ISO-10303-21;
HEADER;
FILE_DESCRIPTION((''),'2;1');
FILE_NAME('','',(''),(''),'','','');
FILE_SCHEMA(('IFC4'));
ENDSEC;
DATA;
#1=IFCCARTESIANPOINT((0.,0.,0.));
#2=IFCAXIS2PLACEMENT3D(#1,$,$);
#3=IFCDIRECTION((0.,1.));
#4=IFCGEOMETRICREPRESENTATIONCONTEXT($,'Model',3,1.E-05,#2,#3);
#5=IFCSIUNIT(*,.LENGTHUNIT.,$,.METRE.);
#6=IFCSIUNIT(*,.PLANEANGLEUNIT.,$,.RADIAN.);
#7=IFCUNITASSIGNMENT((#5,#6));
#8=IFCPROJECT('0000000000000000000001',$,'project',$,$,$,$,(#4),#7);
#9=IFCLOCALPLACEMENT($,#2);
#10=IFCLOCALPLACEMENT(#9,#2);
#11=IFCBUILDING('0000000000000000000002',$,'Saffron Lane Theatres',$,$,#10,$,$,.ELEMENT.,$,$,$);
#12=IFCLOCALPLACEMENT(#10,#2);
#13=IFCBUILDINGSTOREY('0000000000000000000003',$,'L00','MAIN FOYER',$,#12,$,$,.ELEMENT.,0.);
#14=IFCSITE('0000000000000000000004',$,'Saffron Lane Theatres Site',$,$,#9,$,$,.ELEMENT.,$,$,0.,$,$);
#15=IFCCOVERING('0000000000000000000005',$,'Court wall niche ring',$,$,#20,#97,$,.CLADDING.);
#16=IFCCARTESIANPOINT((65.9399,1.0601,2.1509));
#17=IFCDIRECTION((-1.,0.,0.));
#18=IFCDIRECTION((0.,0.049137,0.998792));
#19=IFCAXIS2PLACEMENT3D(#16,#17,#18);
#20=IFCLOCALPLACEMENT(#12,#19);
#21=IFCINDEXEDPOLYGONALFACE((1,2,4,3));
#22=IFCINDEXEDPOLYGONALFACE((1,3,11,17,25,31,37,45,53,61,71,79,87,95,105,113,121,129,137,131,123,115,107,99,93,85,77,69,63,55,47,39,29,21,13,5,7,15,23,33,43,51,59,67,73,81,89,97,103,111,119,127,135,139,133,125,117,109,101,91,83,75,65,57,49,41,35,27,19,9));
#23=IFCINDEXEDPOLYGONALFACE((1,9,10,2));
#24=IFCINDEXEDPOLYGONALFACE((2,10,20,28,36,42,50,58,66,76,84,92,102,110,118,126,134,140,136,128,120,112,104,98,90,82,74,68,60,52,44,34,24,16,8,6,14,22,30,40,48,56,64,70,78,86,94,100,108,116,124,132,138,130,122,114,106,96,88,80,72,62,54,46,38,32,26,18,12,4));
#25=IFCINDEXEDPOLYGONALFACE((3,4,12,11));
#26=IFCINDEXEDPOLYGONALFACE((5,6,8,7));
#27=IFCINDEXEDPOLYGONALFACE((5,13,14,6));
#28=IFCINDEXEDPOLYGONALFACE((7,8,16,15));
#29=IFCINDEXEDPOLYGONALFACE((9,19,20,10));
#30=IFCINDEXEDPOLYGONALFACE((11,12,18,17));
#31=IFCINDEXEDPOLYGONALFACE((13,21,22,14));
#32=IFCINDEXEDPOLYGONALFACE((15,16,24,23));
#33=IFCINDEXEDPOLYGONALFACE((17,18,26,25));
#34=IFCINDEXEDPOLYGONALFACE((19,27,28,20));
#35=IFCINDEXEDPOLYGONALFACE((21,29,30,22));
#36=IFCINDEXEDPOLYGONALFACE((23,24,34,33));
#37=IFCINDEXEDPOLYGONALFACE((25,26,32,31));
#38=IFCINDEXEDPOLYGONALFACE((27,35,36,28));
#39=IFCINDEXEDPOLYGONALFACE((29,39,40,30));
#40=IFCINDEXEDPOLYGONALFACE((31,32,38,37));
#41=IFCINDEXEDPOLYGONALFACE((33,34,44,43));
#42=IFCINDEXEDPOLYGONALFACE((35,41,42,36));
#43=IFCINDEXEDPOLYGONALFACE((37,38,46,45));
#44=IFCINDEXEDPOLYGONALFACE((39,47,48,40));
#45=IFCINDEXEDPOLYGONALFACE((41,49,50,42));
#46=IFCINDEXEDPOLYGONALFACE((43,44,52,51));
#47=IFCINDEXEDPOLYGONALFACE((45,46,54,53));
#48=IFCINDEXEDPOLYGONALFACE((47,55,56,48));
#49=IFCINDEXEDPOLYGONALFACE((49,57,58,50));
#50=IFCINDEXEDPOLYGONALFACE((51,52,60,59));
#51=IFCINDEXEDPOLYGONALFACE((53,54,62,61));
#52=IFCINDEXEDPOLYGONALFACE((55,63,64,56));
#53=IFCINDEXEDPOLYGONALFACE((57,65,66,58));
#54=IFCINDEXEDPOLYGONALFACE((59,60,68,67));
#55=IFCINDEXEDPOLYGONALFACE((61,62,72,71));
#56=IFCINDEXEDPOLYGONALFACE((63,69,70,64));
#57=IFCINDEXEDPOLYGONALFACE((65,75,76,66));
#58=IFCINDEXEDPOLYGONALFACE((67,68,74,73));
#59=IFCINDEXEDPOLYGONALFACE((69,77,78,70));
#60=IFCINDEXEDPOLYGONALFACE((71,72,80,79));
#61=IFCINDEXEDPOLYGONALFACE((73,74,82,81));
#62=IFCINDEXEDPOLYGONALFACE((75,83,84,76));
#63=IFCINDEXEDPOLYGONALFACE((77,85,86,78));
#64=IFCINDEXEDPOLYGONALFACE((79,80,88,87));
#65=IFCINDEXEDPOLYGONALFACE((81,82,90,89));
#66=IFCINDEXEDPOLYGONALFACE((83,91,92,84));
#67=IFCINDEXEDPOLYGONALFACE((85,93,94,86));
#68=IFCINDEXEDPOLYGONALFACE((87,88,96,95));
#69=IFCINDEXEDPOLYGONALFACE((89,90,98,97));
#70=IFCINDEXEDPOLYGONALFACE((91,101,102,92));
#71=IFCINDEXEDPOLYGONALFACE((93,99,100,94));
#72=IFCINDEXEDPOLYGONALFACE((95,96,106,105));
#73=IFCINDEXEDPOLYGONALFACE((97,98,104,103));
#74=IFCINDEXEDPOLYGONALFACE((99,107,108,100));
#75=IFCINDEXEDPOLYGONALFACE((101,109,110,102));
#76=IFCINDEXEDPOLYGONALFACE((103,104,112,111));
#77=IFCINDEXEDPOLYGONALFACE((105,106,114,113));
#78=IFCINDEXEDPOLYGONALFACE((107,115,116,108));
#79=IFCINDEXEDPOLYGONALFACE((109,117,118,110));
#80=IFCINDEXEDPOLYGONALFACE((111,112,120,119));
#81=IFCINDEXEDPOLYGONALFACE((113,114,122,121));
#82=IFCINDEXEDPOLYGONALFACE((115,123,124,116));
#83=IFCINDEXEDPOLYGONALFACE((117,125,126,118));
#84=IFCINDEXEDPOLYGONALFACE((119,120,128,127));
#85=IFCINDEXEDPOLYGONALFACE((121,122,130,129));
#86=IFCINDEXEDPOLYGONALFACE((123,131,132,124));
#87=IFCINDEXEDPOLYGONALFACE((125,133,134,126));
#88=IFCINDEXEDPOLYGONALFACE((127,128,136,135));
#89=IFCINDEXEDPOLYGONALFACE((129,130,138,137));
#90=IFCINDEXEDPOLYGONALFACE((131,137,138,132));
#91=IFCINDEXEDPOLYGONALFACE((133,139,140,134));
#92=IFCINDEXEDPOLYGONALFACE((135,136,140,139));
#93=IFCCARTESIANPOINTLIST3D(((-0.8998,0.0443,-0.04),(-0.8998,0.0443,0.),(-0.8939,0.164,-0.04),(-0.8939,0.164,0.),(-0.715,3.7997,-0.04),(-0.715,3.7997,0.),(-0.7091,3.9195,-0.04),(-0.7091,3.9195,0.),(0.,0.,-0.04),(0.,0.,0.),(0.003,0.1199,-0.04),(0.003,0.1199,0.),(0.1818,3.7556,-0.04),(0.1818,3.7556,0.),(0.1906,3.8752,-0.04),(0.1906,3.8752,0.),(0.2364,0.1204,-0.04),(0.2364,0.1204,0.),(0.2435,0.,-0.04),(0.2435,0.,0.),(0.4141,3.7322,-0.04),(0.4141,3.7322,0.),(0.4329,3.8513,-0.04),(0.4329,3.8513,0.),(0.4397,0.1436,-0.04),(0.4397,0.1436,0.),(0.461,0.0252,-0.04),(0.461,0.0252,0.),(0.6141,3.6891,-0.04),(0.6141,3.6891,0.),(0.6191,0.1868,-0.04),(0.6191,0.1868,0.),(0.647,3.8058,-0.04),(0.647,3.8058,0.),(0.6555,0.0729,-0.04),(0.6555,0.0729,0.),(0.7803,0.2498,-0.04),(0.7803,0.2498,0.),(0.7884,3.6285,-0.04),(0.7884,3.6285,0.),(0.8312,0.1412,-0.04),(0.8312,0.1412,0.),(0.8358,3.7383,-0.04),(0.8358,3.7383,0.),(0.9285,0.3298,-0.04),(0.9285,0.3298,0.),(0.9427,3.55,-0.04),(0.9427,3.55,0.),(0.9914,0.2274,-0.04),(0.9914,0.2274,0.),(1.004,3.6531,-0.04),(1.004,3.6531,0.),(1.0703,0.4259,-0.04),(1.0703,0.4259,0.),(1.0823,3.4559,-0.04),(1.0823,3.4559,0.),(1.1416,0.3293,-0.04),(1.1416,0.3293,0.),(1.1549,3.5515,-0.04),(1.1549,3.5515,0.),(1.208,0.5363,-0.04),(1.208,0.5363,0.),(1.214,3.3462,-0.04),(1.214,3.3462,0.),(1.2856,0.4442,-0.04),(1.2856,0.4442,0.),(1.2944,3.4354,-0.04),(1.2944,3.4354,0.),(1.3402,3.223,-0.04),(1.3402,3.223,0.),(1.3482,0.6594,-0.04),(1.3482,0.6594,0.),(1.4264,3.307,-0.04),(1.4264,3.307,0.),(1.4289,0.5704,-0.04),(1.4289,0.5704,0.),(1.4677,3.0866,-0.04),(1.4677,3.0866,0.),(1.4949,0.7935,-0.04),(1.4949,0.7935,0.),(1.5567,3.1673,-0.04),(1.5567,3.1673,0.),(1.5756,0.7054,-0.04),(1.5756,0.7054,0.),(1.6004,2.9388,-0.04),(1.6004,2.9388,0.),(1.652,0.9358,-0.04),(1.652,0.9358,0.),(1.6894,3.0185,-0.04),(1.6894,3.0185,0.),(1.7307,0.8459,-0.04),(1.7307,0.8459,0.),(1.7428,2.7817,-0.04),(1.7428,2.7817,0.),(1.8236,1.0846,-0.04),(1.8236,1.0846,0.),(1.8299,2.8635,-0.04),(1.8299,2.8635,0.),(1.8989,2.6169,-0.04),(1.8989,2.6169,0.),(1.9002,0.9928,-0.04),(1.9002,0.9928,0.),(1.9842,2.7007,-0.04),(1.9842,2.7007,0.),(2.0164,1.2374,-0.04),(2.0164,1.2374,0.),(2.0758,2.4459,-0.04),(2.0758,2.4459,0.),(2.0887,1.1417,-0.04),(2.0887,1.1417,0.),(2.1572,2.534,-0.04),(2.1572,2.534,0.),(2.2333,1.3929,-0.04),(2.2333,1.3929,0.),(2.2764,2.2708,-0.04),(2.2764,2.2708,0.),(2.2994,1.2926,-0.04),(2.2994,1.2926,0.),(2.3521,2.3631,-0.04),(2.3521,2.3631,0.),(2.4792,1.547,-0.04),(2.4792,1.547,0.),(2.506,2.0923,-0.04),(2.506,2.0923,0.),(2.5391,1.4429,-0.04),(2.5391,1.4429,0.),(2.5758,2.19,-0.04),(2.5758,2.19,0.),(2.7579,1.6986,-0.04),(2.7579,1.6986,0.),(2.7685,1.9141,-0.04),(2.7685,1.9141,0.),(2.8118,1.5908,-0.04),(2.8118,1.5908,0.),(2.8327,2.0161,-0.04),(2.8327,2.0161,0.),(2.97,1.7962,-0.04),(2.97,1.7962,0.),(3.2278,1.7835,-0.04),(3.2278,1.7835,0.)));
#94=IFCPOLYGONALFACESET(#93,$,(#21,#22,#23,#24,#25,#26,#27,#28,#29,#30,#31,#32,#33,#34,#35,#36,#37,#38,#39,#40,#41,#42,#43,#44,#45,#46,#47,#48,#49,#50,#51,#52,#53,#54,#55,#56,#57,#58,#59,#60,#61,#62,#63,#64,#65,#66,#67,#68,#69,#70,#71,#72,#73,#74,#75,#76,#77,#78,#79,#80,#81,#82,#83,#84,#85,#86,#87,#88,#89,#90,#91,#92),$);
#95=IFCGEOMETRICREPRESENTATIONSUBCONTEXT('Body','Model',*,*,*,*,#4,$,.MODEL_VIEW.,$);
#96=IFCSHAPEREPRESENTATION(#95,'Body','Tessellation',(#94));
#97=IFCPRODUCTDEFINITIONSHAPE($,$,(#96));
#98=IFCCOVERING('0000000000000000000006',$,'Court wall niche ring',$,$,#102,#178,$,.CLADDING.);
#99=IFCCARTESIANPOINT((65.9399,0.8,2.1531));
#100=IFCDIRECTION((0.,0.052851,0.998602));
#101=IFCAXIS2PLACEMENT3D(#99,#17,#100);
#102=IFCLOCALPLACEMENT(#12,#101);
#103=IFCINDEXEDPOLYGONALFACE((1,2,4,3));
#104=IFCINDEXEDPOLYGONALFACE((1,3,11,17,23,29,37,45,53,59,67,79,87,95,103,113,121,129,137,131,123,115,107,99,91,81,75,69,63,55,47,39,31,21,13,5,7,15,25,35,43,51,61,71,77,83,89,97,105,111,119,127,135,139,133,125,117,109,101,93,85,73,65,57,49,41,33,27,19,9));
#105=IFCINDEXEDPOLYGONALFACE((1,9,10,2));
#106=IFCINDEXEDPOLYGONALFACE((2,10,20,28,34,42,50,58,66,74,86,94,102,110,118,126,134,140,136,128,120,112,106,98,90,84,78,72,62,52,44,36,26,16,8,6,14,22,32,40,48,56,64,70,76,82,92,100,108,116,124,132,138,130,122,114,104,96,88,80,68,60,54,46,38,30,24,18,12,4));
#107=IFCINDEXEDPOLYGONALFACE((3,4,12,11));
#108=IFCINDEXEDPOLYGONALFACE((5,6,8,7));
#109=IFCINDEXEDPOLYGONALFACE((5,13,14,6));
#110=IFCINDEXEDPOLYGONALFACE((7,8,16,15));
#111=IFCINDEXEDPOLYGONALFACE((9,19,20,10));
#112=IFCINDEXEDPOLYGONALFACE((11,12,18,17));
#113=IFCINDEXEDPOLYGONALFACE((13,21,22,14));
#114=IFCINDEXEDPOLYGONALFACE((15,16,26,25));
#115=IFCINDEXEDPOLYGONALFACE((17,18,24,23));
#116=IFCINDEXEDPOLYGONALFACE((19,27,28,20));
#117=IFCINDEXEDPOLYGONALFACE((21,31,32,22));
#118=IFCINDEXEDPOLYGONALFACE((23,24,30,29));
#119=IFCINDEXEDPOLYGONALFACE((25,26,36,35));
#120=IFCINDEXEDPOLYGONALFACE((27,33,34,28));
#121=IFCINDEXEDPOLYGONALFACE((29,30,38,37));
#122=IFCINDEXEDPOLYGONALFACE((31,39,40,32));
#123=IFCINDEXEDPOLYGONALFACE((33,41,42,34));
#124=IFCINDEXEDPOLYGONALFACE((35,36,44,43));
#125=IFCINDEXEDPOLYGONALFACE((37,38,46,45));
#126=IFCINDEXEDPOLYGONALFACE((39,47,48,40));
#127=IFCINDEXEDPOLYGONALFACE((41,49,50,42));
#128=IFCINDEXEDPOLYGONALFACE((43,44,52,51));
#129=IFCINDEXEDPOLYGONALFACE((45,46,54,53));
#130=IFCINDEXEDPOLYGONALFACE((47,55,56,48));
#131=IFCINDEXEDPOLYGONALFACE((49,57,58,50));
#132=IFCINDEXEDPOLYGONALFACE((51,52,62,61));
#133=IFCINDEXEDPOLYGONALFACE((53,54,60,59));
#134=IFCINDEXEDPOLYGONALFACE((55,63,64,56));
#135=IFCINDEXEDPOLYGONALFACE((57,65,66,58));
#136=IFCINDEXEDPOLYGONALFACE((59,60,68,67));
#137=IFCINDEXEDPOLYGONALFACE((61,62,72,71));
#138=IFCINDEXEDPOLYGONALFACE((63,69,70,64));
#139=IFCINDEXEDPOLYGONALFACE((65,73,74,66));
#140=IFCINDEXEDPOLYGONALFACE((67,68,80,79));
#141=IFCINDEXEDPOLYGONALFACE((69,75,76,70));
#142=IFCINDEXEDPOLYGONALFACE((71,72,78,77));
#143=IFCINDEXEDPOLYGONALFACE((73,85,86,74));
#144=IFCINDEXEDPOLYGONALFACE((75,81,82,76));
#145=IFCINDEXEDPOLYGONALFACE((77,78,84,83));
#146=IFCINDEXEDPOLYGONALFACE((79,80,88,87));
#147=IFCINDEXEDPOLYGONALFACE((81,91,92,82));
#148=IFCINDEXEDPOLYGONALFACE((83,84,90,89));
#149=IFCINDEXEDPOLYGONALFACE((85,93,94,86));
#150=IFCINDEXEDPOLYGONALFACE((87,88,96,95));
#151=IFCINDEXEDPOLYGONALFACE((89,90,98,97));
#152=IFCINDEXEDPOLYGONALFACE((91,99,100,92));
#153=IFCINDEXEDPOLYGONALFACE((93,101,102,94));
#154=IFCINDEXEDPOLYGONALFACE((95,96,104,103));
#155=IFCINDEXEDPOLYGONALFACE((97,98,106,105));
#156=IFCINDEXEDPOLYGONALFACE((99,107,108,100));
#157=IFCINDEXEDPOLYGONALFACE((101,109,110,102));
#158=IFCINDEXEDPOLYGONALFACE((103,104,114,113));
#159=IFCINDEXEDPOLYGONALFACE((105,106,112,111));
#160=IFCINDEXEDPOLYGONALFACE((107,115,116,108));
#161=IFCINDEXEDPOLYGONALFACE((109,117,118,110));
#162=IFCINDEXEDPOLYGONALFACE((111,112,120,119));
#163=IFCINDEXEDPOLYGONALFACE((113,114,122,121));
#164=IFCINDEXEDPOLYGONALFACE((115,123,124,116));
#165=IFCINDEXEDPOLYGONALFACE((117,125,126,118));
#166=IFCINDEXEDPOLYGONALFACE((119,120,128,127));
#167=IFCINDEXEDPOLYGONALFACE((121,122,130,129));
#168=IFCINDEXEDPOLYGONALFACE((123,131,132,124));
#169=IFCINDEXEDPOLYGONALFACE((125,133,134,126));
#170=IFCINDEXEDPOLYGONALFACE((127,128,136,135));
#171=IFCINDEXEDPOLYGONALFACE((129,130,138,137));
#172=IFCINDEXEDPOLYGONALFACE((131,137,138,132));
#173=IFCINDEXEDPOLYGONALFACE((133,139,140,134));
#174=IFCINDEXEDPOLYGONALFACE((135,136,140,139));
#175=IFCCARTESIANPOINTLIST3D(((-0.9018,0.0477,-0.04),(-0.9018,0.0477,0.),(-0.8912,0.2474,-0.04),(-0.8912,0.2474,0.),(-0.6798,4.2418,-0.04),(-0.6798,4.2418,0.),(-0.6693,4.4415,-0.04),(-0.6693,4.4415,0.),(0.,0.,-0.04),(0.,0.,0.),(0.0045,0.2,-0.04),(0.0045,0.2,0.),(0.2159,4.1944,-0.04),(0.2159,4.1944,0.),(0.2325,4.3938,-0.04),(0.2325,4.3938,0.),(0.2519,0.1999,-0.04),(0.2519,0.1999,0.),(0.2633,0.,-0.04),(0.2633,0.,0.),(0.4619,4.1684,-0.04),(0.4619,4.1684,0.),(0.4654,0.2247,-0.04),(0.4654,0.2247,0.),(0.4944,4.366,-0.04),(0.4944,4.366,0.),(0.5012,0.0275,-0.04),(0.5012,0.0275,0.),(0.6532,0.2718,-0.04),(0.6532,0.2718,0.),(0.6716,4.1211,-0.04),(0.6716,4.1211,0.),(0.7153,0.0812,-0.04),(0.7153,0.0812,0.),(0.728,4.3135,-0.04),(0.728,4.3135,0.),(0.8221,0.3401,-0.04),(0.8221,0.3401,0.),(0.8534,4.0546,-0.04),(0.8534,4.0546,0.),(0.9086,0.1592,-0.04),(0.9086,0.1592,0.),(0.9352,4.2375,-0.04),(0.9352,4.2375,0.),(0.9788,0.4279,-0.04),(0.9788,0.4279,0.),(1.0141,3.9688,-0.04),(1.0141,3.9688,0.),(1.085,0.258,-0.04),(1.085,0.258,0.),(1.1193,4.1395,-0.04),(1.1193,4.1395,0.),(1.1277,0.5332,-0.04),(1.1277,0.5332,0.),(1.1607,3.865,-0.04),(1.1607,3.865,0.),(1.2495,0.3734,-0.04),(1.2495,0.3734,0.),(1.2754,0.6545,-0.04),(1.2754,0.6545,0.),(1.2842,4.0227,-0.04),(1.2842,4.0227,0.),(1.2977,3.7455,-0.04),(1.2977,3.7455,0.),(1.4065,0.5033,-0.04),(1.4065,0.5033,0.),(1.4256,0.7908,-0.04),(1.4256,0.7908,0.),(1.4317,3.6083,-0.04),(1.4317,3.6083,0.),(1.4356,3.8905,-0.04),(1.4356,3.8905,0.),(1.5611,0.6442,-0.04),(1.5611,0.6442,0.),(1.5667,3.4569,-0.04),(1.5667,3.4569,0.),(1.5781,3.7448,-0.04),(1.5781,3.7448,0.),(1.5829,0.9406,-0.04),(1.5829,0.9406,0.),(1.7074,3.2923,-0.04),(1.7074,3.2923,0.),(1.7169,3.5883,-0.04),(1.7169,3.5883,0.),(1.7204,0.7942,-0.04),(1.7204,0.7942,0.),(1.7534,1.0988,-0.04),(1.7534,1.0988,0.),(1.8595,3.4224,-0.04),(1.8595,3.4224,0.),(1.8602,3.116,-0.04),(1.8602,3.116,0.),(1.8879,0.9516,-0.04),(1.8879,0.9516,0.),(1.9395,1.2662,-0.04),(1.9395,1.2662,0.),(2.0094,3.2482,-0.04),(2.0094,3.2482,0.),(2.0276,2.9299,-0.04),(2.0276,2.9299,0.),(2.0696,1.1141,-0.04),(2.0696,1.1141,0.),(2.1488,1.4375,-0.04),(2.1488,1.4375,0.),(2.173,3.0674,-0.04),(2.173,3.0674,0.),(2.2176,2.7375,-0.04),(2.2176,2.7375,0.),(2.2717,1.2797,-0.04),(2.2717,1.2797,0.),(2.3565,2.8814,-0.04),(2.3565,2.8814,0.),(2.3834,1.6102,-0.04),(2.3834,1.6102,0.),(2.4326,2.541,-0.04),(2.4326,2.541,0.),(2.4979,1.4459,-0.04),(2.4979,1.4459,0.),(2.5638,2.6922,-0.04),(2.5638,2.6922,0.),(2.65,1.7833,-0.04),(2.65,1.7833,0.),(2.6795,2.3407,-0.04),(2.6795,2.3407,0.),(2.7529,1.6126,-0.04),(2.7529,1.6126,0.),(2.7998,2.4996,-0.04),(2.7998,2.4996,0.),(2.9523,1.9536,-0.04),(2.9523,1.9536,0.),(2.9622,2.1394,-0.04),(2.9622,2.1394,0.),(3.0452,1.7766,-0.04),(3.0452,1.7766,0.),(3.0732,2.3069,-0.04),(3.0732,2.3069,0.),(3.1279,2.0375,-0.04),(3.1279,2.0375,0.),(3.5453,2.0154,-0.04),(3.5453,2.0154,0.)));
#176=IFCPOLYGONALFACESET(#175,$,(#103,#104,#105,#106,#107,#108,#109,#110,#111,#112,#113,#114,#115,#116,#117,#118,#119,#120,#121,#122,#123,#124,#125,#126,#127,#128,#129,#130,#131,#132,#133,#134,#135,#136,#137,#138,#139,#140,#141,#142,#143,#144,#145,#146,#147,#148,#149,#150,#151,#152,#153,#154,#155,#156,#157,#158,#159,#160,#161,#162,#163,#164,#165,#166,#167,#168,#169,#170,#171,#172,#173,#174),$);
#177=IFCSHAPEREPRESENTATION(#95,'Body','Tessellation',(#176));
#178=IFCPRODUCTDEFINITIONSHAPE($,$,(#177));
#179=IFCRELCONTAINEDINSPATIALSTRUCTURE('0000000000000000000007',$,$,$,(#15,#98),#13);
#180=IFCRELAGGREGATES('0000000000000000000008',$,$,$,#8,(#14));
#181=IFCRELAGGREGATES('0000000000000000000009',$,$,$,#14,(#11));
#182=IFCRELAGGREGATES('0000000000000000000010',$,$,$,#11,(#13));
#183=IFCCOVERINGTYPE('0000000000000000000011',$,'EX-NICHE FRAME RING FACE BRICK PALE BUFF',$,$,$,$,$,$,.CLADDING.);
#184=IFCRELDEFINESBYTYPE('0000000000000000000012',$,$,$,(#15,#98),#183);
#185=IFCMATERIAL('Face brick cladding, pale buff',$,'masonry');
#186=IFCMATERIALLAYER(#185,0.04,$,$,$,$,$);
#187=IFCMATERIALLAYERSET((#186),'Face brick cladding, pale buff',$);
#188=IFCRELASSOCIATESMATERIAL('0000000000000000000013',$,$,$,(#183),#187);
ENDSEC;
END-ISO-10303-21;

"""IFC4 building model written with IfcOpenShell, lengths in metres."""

from ifc_helpers import new_model, si_unit, direction, frame, origin, place, context, subcontext, project, spatial, polyline, outline, extrude, material, layer, layer_set, type_object, element, save


model = new_model("IFC4")

# Units and contexts
model_context = context("Model", 3, precision=1e-05, world=origin(), true_north=direction((0.0, 1.0)))
body_context = subcontext(model_context, "Body", "Model", "MODEL_VIEW")
ifc_project = project(units=[si_unit("LENGTHUNIT", "METRE"), si_unit("PLANEANGLEUNIT", "RADIAN")], contexts=[model_context])

# Site, building, storey
site_placement = place(None, origin())
site = spatial("IfcSite", under=ifc_project, at=site_placement, Name="Saffron Lane Theatres Site", CompositionType="ELEMENT", RefElevation=0.0)
building_placement = place(site_placement, origin())
building = spatial("IfcBuilding", under=site, at=building_placement, Name="Saffron Lane Theatres", CompositionType="ELEMENT")
storey_placement = place(building_placement, origin())
storey = spatial("IfcBuildingStorey", under=building, at=storey_placement, Name="L00", Description="MAIN FOYER", CompositionType="ELEMENT", Elevation=0.0)

# Coverings
ifc_material_1 = material(Name="Face brick cladding, pale buff", Category="masonry")
ifc_layer_1 = layer(ifc_material_1, 0.04)
ifc_layer_set_1 = layer_set([ifc_layer_1], Name="Face brick cladding, pale buff")
covering_type_1 = type_object("IfcCoveringType", Name="EX-NICHE FRAME RING FACE BRICK PALE BUFF", PredefinedType="CLADDING", material=ifc_layer_set_1)
covering_1_placement = place(storey_placement, frame((65.9399, 1.0601, 2.1509), z_axis=(-1.0, 0.0, 0.0), x_axis=(0.0, 0.049137, 0.998792)))
element("IfcCovering", 1, at=covering_1_placement, inside=storey, type_object=covering_type_1, Name="Court wall niche ring", PredefinedType="CLADDING", context=body_context, shape_type="SweptSolid", body=[
    extrude(outline(polyline([(0.0, 0.0), (0.2435, 0.0), (0.461, 0.0252), (0.6555, 0.0729), (0.8312, 0.1412), (0.9914, 0.2274), (1.1416, 0.3293), (1.2856, 0.4442), (1.4289, 0.5704), (1.5756, 0.7054), (1.7307, 0.8459), (1.9002, 0.9928), (2.0887, 1.1417), (2.2994, 1.2926), (2.5391, 1.4429), (2.8118, 1.5908), (3.2278, 1.7835), (2.8327, 2.0161), (2.5758, 2.19), (2.3521, 2.3631), (2.1572, 2.534), (1.9842, 2.7007), (1.8299, 2.8635), (1.6894, 3.0185), (1.5567, 3.1673), (1.4264, 3.307), (1.2944, 3.4354), (1.1549, 3.5515), (1.004, 3.6531), (0.8358, 3.7383), (0.647, 3.8058), (0.4329, 3.8513), (0.1906, 3.8752), (-0.7091, 3.9195), (-0.715, 3.7997), (0.1818, 3.7556), (0.4141, 3.7322), (0.6141, 3.6891), (0.7884, 3.6285), (0.9427, 3.55), (1.0823, 3.4559), (1.214, 3.3462), (1.3402, 3.223), (1.4677, 3.0866), (1.6004, 2.9388), (1.7428, 2.7817), (1.8989, 2.6169), (2.0758, 2.4459), (2.2764, 2.2708), (2.506, 2.0923), (2.7685, 1.9141), (2.97, 1.7962), (2.7579, 1.6986), (2.4792, 1.547), (2.2333, 1.3929), (2.0164, 1.2374), (1.8236, 1.0846), (1.652, 0.9358), (1.4949, 0.7935), (1.3482, 0.6594), (1.208, 0.5363), (1.0703, 0.4259), (0.9285, 0.3298), (0.7803, 0.2498), (0.6191, 0.1868), (0.4397, 0.1436), (0.2364, 0.1204), (0.003, 0.1199), (-0.8939, 0.164), (-0.8998, 0.0443), (0.0, 0.0)])), origin(), (0.0, 0.0, -1.0), 0.04),
])
covering_2_placement = place(storey_placement, frame((65.9399, 0.8, 2.1531), z_axis=(-1.0, 0.0, 0.0), x_axis=(0.0, 0.052851, 0.998602)))
element("IfcCovering", 2, at=covering_2_placement, inside=storey, type_object=covering_type_1, Name="Court wall niche ring", PredefinedType="CLADDING", context=body_context, shape_type="SweptSolid", body=[
    extrude(outline(polyline([(0.0, 0.0), (0.2633, 0.0), (0.5012, 0.0275), (0.7153, 0.0812), (0.9086, 0.1592), (1.085, 0.258), (1.2495, 0.3734), (1.4065, 0.5033), (1.5611, 0.6442), (1.7204, 0.7942), (1.8879, 0.9516), (2.0696, 1.1141), (2.2717, 1.2797), (2.4979, 1.4459), (2.7529, 1.6126), (3.0452, 1.7766), (3.5453, 2.0154), (3.0732, 2.3069), (2.7998, 2.4996), (2.5638, 2.6922), (2.3565, 2.8814), (2.173, 3.0674), (2.0094, 3.2482), (1.8595, 3.4224), (1.7169, 3.5883), (1.5781, 3.7448), (1.4356, 3.8905), (1.2842, 4.0227), (1.1193, 4.1395), (0.9352, 4.2375), (0.728, 4.3135), (0.4944, 4.366), (0.2325, 4.3938), (-0.6693, 4.4415), (-0.6798, 4.2418), (0.2159, 4.1944), (0.4619, 4.1684), (0.6716, 4.1211), (0.8534, 4.0546), (1.0141, 3.9688), (1.1607, 3.865), (1.2977, 3.7455), (1.4317, 3.6083), (1.5667, 3.4569), (1.7074, 3.2923), (1.8602, 3.116), (2.0276, 2.9299), (2.2176, 2.7375), (2.4326, 2.541), (2.6795, 2.3407), (2.9622, 2.1394), (3.1279, 2.0375), (2.9523, 1.9536), (2.65, 1.7833), (2.3834, 1.6102), (2.1488, 1.4375), (1.9395, 1.2662), (1.7534, 1.0988), (1.5829, 0.9406), (1.4256, 0.7908), (1.2754, 0.6545), (1.1277, 0.5332), (0.9788, 0.4279), (0.8221, 0.3401), (0.6532, 0.2718), (0.4654, 0.2247), (0.2519, 0.1999), (0.0045, 0.2), (-0.8912, 0.2474), (-0.9018, 0.0477), (0.0, 0.0)])), origin(), (0.0, 0.0, -1.0), 0.04),
])

save(model, "model.ifc")
